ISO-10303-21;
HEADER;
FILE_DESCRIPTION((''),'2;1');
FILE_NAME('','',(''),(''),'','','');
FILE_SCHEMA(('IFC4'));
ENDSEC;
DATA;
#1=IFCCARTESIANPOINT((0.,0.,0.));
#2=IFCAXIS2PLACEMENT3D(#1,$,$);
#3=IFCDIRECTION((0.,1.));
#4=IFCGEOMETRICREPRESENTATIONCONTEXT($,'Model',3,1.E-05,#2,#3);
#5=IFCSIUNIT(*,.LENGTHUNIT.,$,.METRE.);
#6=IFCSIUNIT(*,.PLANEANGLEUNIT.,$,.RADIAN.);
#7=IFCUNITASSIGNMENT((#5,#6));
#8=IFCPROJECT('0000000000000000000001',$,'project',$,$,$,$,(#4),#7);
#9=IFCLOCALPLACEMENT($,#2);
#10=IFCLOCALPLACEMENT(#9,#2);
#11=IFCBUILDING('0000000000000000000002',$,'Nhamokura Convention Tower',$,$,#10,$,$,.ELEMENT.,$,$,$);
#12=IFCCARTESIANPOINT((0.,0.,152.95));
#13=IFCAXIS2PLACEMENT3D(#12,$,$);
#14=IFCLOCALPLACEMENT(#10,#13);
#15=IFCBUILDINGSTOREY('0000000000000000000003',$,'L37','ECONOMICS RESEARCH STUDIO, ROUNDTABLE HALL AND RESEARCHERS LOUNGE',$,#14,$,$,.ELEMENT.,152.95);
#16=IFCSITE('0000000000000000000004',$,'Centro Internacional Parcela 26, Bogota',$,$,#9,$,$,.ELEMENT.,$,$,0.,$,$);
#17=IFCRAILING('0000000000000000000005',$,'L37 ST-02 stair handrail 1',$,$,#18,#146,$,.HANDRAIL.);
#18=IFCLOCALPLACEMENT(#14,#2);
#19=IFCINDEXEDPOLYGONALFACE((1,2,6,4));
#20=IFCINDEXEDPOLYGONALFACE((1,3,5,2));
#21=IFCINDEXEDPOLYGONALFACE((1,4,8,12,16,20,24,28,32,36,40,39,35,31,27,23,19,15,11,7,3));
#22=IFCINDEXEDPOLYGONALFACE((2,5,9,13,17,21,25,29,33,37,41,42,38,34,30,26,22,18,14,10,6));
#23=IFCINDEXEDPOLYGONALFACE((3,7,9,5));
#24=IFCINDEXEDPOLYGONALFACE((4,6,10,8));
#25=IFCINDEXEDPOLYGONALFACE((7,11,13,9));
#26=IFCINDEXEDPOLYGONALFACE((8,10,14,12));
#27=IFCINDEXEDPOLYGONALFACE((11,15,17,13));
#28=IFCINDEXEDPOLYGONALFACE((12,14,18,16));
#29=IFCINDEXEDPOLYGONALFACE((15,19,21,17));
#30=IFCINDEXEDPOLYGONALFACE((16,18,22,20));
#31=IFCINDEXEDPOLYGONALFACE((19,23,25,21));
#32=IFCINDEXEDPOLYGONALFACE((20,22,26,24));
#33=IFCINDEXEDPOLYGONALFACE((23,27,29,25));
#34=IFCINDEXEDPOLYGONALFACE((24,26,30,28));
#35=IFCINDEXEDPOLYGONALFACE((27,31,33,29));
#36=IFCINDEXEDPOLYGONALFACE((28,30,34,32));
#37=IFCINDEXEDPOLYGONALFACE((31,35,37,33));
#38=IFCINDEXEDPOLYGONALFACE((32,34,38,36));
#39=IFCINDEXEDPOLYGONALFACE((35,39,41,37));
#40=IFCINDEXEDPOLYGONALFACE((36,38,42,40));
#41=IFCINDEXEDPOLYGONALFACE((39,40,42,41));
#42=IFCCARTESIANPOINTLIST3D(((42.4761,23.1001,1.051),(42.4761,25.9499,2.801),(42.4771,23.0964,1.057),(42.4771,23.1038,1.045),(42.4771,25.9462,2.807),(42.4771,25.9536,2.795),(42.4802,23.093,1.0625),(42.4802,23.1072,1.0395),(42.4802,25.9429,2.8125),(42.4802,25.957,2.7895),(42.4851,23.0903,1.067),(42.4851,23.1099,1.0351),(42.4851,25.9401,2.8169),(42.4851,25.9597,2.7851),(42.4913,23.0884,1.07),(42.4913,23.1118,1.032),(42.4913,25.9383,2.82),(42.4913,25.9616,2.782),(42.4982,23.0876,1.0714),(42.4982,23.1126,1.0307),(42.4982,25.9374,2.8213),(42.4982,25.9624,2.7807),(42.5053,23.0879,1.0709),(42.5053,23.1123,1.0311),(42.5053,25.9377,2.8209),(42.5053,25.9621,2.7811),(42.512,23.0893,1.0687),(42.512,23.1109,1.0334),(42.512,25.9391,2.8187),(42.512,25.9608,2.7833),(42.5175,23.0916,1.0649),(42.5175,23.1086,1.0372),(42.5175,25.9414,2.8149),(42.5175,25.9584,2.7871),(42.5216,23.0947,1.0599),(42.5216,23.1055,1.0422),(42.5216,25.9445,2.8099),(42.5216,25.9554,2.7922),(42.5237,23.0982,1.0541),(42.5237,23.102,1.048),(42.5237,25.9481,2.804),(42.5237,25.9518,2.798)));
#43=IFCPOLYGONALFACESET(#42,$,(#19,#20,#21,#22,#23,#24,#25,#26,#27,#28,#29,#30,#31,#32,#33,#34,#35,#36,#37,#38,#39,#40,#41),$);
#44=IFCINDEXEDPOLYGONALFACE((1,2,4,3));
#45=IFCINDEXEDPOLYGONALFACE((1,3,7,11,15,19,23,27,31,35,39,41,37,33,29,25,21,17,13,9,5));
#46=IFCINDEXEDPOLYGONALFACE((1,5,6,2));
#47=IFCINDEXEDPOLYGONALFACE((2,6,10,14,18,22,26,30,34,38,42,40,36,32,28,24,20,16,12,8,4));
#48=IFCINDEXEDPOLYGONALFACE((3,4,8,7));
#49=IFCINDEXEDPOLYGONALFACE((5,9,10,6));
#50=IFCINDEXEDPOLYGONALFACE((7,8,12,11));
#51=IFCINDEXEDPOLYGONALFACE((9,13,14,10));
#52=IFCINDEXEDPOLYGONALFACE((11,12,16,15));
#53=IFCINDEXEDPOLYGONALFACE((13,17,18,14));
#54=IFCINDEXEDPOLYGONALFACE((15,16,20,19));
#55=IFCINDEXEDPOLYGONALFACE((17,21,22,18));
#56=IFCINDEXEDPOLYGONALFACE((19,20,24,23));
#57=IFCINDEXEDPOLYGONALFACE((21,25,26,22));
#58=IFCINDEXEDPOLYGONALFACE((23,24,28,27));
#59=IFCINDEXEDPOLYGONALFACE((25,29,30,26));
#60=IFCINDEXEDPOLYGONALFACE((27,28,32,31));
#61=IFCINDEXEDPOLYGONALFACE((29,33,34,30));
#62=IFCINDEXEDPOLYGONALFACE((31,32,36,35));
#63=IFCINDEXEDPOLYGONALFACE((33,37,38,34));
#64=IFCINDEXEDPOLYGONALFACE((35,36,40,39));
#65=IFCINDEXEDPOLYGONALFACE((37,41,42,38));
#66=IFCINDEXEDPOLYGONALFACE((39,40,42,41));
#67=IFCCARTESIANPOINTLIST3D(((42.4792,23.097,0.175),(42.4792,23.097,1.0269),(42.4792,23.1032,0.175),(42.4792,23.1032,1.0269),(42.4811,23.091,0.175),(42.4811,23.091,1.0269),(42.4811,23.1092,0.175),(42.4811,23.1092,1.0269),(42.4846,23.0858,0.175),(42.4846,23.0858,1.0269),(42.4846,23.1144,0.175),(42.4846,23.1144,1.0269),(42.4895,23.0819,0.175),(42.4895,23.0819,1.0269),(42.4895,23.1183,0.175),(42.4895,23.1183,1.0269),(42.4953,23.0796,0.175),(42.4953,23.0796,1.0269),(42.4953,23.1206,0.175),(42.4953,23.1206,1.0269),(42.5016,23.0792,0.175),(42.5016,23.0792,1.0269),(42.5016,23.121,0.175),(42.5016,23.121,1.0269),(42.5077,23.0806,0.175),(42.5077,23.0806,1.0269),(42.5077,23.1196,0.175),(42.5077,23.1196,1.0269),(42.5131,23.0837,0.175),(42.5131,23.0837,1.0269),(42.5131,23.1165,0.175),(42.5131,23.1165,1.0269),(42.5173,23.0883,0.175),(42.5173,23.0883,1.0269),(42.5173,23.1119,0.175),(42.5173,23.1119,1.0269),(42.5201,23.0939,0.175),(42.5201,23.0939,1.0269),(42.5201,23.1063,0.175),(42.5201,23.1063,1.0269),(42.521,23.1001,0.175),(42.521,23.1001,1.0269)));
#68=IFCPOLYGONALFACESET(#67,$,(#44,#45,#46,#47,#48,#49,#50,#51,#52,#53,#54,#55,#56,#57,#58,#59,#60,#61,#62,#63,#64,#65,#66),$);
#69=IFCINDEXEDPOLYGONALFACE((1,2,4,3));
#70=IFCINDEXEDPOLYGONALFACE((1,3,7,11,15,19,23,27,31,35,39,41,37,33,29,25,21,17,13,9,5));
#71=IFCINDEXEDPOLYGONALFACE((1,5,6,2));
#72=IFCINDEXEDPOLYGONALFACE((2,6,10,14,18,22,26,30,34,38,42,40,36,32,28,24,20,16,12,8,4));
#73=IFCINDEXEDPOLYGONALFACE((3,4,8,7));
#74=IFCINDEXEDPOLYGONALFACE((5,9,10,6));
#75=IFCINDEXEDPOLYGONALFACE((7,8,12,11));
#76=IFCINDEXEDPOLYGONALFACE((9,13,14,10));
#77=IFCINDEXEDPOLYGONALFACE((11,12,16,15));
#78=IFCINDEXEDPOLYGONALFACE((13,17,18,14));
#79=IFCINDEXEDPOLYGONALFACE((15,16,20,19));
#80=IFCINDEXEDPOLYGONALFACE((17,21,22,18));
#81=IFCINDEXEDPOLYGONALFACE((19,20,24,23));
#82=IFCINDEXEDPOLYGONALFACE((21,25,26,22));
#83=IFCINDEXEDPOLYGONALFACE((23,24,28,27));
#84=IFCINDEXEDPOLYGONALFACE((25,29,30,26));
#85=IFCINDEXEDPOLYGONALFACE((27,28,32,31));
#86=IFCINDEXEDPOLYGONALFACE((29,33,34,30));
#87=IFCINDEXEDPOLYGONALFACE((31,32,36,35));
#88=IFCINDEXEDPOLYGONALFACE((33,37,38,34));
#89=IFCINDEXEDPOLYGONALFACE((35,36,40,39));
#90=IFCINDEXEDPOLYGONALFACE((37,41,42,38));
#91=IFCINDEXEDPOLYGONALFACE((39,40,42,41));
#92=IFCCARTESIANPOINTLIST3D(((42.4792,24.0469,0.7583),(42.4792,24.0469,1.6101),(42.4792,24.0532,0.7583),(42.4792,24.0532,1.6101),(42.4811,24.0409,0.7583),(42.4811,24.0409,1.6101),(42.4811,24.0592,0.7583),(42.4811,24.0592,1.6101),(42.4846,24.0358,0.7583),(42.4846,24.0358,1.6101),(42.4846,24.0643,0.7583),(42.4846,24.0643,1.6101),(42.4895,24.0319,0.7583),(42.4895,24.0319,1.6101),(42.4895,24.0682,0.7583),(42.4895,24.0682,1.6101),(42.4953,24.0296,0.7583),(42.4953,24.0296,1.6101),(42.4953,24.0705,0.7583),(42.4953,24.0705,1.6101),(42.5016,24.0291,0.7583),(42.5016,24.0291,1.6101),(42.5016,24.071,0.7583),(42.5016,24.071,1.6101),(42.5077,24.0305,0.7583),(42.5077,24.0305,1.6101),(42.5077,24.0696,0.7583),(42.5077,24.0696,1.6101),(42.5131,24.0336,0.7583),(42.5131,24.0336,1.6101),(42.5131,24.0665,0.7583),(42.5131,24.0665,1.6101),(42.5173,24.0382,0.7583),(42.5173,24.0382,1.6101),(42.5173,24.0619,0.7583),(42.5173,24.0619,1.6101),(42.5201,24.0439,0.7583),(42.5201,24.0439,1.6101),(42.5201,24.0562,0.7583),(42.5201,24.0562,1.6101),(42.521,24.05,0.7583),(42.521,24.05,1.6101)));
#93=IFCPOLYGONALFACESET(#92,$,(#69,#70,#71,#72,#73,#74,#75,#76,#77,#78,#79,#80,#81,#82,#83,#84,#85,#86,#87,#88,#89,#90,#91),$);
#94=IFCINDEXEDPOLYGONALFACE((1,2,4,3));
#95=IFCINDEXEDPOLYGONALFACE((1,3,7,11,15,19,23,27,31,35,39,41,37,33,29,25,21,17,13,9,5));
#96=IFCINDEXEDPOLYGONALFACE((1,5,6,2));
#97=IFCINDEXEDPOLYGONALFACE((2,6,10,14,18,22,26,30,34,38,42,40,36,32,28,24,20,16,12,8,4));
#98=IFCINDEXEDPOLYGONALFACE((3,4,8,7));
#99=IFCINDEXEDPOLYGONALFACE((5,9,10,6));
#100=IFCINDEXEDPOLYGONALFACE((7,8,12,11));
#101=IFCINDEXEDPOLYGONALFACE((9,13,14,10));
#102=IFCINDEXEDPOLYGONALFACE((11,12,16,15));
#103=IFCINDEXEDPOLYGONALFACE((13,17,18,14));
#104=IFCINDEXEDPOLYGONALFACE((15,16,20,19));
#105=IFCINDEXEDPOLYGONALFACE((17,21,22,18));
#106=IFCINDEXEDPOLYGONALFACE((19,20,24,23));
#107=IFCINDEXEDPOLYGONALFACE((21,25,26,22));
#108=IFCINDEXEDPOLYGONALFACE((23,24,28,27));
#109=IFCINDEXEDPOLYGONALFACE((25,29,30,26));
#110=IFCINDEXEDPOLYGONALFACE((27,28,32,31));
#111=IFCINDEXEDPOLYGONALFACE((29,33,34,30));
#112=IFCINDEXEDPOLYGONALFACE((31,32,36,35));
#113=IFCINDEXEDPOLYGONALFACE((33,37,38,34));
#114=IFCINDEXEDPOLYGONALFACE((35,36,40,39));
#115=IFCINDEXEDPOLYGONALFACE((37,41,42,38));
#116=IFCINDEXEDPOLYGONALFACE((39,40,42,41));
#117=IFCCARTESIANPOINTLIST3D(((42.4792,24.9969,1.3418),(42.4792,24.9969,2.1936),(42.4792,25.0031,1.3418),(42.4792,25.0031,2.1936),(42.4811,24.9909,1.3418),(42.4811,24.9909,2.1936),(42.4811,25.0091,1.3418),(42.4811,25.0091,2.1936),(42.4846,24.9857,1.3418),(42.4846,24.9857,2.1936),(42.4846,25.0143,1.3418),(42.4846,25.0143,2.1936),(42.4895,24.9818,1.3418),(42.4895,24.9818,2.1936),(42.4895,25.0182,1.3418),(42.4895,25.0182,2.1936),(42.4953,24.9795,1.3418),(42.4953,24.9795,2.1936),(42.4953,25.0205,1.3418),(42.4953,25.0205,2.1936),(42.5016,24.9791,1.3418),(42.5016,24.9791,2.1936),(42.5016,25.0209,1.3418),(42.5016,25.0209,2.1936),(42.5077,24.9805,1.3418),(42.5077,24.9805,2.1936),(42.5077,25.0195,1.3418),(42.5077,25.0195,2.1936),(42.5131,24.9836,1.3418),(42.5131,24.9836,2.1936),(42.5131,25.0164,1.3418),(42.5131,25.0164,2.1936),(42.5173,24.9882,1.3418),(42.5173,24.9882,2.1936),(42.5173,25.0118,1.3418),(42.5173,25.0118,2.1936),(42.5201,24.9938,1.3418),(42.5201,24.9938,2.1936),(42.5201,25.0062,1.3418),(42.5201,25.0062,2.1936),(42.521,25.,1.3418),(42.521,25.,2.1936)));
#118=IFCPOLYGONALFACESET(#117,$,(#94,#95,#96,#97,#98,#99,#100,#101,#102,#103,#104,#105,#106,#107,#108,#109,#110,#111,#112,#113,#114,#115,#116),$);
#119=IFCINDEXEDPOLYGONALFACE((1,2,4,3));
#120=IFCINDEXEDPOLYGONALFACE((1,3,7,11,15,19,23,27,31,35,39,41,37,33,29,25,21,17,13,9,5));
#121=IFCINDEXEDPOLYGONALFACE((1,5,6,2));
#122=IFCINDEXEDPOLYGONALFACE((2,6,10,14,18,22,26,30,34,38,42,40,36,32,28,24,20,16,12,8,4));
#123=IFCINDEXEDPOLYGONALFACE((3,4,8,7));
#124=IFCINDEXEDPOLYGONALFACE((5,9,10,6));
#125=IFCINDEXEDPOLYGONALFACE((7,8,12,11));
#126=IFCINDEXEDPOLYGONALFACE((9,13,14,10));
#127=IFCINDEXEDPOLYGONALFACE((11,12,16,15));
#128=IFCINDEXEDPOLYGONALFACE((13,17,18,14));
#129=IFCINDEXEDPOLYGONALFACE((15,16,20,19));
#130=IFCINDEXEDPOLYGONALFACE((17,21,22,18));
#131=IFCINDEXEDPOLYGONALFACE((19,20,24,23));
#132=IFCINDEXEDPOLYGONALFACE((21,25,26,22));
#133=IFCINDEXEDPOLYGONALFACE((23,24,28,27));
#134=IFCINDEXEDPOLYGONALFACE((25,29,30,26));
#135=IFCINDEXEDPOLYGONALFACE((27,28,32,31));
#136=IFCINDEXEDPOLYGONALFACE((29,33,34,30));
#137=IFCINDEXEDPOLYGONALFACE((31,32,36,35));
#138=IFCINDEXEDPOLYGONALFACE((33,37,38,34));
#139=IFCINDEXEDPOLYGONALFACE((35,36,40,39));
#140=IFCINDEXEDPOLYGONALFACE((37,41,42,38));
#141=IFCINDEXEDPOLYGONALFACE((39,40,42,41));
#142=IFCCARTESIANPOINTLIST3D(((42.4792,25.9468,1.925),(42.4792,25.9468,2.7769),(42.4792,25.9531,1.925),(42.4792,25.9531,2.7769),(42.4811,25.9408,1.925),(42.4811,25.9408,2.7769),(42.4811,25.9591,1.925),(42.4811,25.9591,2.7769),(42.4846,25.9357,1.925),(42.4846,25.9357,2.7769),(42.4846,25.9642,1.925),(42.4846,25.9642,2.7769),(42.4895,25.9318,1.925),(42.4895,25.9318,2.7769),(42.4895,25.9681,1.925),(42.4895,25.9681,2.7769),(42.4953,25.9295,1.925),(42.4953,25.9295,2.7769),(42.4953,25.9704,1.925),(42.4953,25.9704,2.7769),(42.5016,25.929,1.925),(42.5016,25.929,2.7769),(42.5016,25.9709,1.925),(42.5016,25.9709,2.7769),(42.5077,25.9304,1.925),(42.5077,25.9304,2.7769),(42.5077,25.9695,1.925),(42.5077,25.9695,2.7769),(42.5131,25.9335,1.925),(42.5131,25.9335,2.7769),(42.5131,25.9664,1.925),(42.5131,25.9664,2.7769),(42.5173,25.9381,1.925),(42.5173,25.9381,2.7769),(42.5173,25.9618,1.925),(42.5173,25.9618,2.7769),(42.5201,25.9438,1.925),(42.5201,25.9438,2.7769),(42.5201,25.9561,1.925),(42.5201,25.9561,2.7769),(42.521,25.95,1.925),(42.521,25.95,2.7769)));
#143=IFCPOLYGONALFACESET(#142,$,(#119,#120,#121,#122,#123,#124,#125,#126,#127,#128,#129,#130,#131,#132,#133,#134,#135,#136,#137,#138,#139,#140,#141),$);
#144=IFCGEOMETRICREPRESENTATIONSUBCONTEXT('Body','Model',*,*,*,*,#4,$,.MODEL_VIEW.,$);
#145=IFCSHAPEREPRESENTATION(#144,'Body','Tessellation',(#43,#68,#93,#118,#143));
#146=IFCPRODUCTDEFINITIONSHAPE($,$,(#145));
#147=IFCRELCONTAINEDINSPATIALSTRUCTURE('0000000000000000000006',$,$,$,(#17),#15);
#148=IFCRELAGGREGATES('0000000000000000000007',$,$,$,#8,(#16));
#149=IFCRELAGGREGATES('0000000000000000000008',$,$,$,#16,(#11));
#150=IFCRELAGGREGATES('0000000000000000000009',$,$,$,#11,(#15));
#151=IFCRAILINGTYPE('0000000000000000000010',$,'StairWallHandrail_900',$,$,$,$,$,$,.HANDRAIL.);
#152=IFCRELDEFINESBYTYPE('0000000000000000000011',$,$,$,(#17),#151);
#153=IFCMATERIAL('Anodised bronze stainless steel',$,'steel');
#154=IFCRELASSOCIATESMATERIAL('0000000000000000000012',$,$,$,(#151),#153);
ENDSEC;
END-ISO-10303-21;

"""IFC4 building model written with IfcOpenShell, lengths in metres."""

from ifc_helpers import new_model, si_unit, direction, frame, origin, origin_2d, place, context, subcontext, project, spatial, circle, extrude, material, type_object, element, save


model = new_model("IFC4")

# Units and contexts
model_context = context("Model", 3, precision=1e-05, world=origin(), true_north=direction((0.0, 1.0)))
body_context = subcontext(model_context, "Body", "Model", "MODEL_VIEW")
ifc_project = project(units=[si_unit("LENGTHUNIT", "METRE"), si_unit("PLANEANGLEUNIT", "RADIAN")], contexts=[model_context])

# Site, building, storey
site_placement = place(None, origin())
site = spatial("IfcSite", under=ifc_project, at=site_placement, Name="Centro Internacional Parcela 26, Bogota", CompositionType="ELEMENT", RefElevation=0.0)
building_placement = place(site_placement, origin())
building = spatial("IfcBuilding", under=site, at=building_placement, Name="Nhamokura Convention Tower", CompositionType="ELEMENT")
storey_placement = place(building_placement, frame((0.0, 0.0, 152.95)))
storey = spatial("IfcBuildingStorey", under=building, at=storey_placement, Name="L37", Description="ECONOMICS RESEARCH STUDIO, ROUNDTABLE HALL AND RESEARCHERS LOUNGE", CompositionType="ELEMENT", Elevation=152.95)

# Railing
ifc_material_1 = material(Name="Anodised bronze stainless steel", Category="steel")
railing_type_1 = type_object("IfcRailingType", Name="StairWallHandrail_900", PredefinedType="HANDRAIL", material=ifc_material_1)
railing_1_placement = place(storey_placement, frame((42.5, 23.1001, 0.175)))
element("IfcRailing", 1, at=railing_1_placement, inside=storey, type_object=railing_type_1, Name="L37 ST-02 stair handrail 1", PredefinedType="HANDRAIL", context=body_context, shape_type="SweptSolid", body=[
    extrude(circle(Radius=0.0239, at=origin_2d()), frame((0.0, 0.0, 0.876), z_axis=(0.0, 0.852159, 0.523283), x_axis=(-1.0, 0.0, 0.0)), (0.0, 0.0, 1.0), 3.3442),
    extrude(circle(Radius=0.021, at=origin_2d()), origin(), (0.0, 0.0, 1.0), 0.8518),
    extrude(circle(Radius=0.021, at=origin_2d()), frame((0.0, 0.95, 0.5833)), (0.0, 0.0, 1.0), 0.8518),
    extrude(circle(Radius=0.021, at=origin_2d()), frame((0.0, 1.8999, 1.1667)), (0.0, 0.0, 1.0), 0.8518),
    extrude(circle(Radius=0.021, at=origin_2d()), frame((0.0, 2.8499, 1.75)), (0.0, 0.0, 1.0), 0.8518),
])

save(model, "model.ifc")
